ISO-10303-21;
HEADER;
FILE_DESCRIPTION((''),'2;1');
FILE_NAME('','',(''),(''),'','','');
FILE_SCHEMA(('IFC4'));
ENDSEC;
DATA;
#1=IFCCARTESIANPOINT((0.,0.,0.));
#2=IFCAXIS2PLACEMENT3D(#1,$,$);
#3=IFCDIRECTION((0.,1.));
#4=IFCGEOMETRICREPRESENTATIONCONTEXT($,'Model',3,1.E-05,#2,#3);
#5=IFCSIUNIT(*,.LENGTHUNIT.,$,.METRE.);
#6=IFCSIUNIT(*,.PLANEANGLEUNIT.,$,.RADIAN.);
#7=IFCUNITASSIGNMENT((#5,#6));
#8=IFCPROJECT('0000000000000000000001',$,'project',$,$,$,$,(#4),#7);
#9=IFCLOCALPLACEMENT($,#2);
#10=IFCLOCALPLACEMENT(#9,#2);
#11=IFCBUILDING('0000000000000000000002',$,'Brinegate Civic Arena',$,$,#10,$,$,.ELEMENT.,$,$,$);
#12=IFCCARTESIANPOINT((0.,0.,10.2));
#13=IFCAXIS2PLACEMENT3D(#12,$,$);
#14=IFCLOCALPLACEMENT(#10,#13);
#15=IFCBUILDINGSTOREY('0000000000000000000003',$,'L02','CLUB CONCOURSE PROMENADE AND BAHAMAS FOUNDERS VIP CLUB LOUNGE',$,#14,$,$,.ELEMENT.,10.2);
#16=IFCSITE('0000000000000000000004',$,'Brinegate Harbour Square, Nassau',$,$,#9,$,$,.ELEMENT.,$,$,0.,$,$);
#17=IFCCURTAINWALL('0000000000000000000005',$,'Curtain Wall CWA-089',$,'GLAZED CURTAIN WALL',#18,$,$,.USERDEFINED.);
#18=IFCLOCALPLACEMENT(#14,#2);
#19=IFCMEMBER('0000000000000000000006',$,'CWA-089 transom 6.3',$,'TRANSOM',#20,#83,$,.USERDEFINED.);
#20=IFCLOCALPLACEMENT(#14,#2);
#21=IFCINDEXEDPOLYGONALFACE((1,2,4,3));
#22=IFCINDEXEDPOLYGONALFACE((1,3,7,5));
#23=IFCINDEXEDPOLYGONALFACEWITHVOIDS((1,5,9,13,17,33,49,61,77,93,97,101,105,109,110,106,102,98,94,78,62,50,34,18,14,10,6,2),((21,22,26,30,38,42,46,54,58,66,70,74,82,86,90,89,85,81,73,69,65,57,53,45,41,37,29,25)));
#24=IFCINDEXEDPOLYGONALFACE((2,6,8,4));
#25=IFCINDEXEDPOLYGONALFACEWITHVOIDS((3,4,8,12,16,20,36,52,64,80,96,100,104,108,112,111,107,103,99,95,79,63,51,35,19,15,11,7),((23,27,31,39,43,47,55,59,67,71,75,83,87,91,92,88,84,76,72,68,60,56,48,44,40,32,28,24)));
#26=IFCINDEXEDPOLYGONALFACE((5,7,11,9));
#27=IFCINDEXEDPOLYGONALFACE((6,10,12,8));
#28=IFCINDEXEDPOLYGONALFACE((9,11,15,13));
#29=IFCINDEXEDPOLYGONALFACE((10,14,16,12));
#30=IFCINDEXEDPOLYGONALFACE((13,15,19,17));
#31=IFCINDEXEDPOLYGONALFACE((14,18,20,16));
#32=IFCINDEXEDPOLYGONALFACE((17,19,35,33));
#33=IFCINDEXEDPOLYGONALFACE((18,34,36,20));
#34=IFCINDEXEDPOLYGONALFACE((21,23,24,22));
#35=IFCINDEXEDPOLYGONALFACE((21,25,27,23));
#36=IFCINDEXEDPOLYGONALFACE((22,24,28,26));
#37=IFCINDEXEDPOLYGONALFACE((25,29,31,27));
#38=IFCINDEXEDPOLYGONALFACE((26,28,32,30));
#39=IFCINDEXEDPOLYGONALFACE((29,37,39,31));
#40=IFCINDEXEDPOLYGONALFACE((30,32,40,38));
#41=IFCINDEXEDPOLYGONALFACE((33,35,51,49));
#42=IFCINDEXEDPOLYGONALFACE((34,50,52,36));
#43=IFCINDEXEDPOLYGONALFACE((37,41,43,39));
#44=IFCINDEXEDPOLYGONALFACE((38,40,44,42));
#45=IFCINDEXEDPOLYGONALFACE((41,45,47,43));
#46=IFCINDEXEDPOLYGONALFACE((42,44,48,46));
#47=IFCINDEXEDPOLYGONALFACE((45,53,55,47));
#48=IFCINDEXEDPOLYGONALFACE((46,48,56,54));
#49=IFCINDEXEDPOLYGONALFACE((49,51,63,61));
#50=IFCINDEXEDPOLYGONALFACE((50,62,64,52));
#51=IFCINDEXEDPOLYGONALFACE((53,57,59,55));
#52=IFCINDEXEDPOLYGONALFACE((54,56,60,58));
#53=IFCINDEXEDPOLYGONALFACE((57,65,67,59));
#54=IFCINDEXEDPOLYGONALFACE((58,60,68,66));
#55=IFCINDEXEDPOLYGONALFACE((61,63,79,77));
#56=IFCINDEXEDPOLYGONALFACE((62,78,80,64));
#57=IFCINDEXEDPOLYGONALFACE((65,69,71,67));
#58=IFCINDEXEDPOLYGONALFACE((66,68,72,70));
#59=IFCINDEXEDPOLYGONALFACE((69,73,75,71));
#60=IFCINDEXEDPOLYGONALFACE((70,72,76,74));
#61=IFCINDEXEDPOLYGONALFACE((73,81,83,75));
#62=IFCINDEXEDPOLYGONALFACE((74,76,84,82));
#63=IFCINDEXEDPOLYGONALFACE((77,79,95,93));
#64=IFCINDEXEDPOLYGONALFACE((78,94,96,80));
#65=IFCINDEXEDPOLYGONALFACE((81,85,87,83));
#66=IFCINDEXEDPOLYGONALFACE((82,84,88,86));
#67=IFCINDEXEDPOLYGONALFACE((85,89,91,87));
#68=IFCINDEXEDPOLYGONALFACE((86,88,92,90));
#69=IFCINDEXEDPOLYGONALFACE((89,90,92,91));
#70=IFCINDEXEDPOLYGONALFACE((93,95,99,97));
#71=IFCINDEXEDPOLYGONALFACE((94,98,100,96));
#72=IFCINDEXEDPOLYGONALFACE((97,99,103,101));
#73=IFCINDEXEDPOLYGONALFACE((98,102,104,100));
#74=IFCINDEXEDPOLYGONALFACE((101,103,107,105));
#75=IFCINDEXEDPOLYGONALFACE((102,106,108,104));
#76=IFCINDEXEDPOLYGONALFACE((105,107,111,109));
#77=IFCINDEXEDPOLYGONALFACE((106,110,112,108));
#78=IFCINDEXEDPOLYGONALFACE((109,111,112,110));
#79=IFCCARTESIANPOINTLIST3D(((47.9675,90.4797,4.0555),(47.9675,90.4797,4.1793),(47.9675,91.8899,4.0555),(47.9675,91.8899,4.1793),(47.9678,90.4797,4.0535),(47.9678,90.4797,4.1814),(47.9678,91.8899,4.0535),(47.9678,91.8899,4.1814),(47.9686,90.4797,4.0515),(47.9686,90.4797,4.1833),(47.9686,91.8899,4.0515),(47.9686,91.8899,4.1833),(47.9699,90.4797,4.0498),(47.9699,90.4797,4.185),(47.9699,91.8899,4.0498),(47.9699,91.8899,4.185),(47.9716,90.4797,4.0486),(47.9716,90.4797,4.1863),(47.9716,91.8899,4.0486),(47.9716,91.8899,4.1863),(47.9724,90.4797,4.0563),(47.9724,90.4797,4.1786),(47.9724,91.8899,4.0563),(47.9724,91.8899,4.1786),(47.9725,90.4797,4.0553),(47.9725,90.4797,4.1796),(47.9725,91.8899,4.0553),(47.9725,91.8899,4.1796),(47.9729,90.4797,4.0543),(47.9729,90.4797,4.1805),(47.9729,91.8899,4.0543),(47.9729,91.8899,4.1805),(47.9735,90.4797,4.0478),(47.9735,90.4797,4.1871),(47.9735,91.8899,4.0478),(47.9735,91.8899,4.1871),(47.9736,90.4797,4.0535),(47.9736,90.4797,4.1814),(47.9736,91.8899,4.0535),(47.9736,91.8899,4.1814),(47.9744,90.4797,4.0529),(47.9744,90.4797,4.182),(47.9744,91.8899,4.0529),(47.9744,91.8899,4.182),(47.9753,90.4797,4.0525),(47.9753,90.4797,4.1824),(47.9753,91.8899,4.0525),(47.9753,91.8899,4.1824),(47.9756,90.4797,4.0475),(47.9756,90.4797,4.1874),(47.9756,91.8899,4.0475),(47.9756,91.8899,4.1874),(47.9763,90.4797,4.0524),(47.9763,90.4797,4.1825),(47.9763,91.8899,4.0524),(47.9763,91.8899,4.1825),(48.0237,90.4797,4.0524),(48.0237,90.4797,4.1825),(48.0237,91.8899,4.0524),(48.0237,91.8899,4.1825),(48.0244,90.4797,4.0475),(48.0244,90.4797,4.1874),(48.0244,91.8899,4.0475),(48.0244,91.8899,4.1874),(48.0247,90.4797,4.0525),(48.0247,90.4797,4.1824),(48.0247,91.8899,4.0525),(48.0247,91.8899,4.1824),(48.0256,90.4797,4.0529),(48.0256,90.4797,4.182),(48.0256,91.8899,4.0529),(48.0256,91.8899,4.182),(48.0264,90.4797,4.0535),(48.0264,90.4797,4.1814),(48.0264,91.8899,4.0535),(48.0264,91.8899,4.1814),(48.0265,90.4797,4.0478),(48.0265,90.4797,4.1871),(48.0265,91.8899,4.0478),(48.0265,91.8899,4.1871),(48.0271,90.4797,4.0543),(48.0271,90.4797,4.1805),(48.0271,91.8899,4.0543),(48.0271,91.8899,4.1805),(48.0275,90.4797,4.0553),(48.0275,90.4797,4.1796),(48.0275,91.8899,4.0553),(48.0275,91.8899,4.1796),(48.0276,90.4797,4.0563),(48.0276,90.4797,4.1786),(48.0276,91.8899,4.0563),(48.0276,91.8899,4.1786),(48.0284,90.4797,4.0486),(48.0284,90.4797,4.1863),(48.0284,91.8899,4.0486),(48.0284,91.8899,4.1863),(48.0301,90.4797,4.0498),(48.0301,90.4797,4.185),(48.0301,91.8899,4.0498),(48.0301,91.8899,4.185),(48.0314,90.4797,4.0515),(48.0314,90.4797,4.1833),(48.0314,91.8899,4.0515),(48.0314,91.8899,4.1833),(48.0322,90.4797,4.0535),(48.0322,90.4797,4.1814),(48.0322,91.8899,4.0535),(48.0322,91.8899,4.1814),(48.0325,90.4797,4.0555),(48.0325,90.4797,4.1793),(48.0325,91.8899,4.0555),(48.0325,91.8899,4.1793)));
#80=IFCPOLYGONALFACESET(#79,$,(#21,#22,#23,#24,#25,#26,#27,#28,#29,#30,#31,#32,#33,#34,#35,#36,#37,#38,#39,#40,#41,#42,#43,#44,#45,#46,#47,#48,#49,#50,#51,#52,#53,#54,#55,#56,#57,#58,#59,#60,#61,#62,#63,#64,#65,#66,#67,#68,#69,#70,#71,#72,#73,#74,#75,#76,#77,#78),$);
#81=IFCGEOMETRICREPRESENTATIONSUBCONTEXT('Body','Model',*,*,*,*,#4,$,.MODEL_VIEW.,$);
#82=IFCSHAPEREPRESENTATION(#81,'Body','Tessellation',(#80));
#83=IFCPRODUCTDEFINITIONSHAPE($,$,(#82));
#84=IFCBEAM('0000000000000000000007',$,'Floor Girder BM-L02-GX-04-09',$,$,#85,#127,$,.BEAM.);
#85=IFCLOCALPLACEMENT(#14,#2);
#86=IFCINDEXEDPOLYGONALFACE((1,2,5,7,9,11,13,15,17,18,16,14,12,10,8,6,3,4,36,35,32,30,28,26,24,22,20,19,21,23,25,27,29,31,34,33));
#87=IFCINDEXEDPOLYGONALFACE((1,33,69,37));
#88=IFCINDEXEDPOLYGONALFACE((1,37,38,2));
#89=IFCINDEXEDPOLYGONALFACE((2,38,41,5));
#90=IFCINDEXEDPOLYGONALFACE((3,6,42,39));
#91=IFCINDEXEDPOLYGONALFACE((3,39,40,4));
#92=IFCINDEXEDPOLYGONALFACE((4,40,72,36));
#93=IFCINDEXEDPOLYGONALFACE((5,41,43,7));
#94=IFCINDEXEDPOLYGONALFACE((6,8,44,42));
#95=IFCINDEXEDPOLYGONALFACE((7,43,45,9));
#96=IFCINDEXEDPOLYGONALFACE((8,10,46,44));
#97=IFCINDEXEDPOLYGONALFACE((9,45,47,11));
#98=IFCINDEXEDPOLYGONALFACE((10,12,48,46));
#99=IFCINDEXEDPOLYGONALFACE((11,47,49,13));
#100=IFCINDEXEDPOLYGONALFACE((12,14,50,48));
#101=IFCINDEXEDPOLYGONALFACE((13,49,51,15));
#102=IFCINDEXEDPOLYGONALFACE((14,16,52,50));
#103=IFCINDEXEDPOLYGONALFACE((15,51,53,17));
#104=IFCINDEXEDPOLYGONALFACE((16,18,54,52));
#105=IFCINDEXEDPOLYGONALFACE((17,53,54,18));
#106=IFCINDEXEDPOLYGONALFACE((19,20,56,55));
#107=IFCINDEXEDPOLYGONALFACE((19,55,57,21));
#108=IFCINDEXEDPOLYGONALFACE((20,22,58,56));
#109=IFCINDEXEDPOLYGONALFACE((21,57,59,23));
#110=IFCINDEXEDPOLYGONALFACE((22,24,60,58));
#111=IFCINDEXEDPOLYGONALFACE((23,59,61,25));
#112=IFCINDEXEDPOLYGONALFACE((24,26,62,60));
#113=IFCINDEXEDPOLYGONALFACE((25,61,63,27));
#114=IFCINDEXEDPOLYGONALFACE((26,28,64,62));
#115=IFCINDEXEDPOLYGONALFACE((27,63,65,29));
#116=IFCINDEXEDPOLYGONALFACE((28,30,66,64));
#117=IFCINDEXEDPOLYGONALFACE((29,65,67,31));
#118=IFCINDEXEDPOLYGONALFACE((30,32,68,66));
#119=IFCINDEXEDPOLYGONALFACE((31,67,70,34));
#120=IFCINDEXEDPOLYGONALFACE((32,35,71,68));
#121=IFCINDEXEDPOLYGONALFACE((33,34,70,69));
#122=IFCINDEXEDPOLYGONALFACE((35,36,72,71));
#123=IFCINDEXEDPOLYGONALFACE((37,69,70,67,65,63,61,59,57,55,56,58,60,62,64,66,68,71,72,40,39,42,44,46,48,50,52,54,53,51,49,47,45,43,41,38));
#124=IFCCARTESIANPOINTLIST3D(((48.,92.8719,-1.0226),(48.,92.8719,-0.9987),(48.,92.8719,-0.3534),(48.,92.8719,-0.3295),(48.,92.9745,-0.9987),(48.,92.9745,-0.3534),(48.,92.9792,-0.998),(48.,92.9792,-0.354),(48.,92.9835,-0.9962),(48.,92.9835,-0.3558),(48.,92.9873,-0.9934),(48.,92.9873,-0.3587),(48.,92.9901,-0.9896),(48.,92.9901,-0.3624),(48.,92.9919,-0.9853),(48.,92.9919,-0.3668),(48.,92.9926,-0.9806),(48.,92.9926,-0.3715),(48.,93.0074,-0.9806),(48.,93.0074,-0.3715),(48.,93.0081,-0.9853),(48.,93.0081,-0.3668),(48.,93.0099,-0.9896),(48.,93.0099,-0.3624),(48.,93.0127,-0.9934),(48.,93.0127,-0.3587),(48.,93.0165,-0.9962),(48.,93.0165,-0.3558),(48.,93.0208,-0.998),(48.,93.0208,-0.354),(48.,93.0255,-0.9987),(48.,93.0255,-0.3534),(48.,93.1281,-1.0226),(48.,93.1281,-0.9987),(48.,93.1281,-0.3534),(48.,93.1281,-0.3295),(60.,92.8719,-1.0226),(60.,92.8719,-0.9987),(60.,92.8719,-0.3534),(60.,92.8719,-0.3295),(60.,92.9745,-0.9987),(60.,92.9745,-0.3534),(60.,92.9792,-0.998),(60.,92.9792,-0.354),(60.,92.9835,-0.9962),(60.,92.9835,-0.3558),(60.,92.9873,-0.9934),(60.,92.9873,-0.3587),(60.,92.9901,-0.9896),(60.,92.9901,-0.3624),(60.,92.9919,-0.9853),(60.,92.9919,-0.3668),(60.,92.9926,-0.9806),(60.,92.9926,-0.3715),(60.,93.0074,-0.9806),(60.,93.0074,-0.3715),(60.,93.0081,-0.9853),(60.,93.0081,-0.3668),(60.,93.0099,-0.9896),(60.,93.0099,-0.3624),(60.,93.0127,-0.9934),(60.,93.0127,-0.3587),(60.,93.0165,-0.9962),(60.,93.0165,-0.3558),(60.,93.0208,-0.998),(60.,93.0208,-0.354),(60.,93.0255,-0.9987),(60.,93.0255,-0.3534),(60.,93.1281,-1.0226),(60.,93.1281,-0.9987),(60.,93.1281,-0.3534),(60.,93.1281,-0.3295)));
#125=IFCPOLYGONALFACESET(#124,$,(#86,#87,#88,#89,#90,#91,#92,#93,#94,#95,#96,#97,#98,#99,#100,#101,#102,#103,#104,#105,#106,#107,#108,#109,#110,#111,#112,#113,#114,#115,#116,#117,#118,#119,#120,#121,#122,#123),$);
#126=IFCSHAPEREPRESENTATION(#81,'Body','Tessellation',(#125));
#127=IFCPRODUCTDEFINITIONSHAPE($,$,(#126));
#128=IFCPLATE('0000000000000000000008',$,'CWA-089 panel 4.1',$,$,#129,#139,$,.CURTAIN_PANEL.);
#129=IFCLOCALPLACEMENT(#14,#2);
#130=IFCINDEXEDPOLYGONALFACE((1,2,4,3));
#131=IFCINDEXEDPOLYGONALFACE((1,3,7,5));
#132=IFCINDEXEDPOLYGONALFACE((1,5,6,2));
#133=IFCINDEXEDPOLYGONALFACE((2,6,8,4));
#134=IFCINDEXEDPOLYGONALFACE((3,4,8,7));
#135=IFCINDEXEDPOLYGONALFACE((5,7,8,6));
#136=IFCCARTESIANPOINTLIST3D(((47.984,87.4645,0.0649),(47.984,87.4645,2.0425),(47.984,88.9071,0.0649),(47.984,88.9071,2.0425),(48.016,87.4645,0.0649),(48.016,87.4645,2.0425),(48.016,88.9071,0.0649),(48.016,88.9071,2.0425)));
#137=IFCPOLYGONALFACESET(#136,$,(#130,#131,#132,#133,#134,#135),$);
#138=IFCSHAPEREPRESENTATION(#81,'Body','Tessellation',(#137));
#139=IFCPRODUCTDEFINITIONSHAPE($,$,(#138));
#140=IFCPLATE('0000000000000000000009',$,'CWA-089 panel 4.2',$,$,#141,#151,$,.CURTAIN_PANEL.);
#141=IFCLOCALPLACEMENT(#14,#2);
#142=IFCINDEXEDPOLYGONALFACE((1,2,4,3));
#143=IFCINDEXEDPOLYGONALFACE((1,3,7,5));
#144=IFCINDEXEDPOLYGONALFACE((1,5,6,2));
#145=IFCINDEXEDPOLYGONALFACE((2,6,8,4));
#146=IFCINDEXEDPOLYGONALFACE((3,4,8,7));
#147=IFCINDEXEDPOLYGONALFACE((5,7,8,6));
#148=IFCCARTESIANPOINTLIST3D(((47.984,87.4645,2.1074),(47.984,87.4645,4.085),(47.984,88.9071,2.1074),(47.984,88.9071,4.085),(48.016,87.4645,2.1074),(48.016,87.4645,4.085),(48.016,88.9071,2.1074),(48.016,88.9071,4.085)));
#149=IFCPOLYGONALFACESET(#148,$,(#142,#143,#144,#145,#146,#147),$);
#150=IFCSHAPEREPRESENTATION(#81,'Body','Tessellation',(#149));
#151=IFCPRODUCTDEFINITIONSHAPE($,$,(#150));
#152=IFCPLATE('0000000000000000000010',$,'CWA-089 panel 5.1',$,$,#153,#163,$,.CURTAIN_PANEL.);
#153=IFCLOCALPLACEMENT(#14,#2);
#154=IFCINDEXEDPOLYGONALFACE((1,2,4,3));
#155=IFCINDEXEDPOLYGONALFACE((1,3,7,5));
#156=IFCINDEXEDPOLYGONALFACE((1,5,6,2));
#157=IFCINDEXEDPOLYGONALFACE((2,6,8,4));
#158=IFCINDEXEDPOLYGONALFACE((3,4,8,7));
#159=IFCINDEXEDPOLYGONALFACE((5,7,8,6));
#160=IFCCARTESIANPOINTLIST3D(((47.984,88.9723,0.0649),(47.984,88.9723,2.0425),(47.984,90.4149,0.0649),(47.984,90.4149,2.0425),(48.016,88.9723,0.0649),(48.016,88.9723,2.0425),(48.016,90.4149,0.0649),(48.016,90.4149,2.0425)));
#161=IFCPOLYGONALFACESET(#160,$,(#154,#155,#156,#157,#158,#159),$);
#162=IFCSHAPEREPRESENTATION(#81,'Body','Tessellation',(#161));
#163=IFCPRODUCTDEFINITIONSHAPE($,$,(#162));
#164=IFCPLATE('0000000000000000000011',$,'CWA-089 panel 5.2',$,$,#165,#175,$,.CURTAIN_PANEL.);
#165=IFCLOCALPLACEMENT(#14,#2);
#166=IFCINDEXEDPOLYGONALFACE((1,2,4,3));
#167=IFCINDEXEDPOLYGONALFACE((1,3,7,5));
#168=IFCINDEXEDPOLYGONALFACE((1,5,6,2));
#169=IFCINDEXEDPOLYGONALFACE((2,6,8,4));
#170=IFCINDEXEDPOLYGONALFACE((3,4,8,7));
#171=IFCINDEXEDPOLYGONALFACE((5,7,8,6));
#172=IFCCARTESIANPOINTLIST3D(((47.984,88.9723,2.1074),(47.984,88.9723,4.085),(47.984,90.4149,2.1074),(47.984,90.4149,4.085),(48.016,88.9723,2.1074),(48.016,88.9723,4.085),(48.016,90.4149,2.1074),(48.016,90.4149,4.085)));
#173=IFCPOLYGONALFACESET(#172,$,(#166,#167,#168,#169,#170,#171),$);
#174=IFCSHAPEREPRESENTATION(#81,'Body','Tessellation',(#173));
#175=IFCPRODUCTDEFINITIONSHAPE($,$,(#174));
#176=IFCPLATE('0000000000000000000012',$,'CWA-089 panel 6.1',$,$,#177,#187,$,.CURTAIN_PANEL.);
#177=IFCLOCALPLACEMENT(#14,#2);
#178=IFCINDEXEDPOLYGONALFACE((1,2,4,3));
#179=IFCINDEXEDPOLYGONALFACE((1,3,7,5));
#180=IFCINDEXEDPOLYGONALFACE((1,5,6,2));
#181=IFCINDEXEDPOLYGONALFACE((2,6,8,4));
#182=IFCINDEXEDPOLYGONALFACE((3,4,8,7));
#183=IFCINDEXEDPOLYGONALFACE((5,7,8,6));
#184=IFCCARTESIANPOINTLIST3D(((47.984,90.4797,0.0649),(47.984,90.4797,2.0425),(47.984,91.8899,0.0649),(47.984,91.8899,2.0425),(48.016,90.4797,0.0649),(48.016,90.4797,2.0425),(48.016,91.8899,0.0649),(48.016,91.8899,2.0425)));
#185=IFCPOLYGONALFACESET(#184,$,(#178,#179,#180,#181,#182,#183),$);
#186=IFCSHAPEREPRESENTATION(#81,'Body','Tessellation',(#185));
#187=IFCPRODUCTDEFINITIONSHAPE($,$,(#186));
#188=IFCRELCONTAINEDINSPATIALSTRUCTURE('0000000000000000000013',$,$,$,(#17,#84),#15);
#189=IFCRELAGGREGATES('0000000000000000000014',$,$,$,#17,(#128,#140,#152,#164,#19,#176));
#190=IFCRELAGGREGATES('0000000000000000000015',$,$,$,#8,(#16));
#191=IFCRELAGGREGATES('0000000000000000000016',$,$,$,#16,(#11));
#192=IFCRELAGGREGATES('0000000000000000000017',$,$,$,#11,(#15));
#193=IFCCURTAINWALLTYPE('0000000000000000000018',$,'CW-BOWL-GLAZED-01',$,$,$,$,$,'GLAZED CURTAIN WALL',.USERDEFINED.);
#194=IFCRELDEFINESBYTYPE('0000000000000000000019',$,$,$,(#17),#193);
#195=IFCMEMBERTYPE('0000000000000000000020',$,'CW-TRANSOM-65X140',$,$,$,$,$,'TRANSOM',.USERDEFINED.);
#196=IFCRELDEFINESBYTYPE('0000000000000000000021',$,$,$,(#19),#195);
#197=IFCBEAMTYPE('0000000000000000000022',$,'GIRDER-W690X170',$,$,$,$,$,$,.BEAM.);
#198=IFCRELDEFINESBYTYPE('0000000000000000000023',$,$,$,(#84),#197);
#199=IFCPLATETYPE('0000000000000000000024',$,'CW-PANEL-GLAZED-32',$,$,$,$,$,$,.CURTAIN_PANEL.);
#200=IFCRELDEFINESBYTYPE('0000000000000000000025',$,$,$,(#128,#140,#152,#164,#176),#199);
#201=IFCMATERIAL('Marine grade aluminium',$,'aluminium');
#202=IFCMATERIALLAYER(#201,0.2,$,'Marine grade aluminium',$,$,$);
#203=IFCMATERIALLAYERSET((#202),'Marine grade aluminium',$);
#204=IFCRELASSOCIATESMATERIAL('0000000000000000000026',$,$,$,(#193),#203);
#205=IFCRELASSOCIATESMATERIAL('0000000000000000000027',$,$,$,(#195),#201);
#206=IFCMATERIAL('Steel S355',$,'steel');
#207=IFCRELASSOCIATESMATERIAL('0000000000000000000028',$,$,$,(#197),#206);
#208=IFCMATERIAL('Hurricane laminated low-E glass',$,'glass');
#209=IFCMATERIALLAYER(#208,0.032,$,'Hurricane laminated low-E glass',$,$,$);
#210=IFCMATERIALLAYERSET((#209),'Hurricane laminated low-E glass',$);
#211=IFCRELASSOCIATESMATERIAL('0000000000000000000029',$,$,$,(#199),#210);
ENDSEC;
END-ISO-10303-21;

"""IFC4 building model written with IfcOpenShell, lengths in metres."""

from ifc_helpers import new_model, si_unit, direction, frame, origin, origin_2d, place, context, subcontext, project, spatial, rectangle, hollow_rectangle, i_section, extrude, material, layer, layer_set, material_profile, profile_set, type_object, element, aggregate, save


model = new_model("IFC4")

# Units and contexts
model_context = context("Model", 3, precision=1e-05, world=origin(), true_north=direction((0.0, 1.0)))
body_context = subcontext(model_context, "Body", "Model", "MODEL_VIEW")
ifc_project = project(units=[si_unit("LENGTHUNIT", "METRE"), si_unit("PLANEANGLEUNIT", "RADIAN")], contexts=[model_context])

# Site, building, storey
site_placement = place(None, origin())
site = spatial("IfcSite", under=ifc_project, at=site_placement, Name="Brinegate Harbour Square, Nassau", CompositionType="ELEMENT", RefElevation=0.0)
building_placement = place(site_placement, origin())
building = spatial("IfcBuilding", under=site, at=building_placement, Name="Brinegate Civic Arena", CompositionType="ELEMENT")
storey_placement = place(building_placement, frame((0.0, 0.0, 10.2)))
storey = spatial("IfcBuildingStorey", under=building, at=storey_placement, Name="L02", Description="CLUB CONCOURSE PROMENADE AND BAHAMAS FOUNDERS VIP CLUB LOUNGE", CompositionType="ELEMENT", Elevation=10.2)

# Curtain wall, member
ifc_material_1 = material(Name="Marine grade aluminium", Category="aluminium")
ifc_layer_1 = layer(ifc_material_1, 0.2, Name="Marine grade aluminium")
ifc_layer_set_1 = layer_set([ifc_layer_1], Name="Marine grade aluminium")
curtain_wall_type = type_object("IfcCurtainWallType", Name="CW-BOWL-GLAZED-01", ElementType="GLAZED CURTAIN WALL", PredefinedType="USERDEFINED", material=ifc_layer_set_1)
curtain_wall_placement = place(storey_placement, origin())
curtain_wall = element("IfcCurtainWall", 1, at=curtain_wall_placement, inside=storey, type_object=curtain_wall_type, Name="Curtain Wall CWA-089", ObjectType="GLAZED CURTAIN WALL", PredefinedType="USERDEFINED")
ifc_material_profile_1 = material_profile(ifc_material_1, hollow_rectangle(XDim=0.0649, YDim=0.1399, WallThickness=0.0049, InnerFilletRadius=0.0039, OuterFilletRadius=0.0081, at=origin_2d()), Name="TRN65X140")
ifc_profile_set_1 = profile_set([ifc_material_profile_1], Name="Marine grade aluminium")
member_type_1 = type_object("IfcMemberType", Name="CW-TRANSOM-65X140", ElementType="TRANSOM", PredefinedType="USERDEFINED", material=ifc_profile_set_1)
member_1_placement = place(storey_placement, frame((48.0, 90.4797, 4.1174), z_axis=(0.0, 1.0, 0.0), x_axis=(-1.0, 0.0, 0.0)))
member_1 = element("IfcMember", 2, at=member_1_placement, type_object=member_type_1, Name="CWA-089 transom 6.3", ObjectType="TRANSOM", PredefinedType="USERDEFINED", context=body_context, shape_type="SweptSolid", body=[
    extrude(hollow_rectangle(XDim=0.0649, YDim=0.1399, WallThickness=0.0049, InnerFilletRadius=0.0039, OuterFilletRadius=0.0081, at=origin_2d()), origin(), (0.0, 0.0, 1.0), 1.4102),
])

# Beam
ifc_material_2 = material(Name="Steel S355", Category="steel")
ifc_material_profile_2 = material_profile(ifc_material_2, i_section(OverallWidth=0.2561, OverallDepth=0.6931, WebThickness=0.0149, FlangeThickness=0.0239, FilletRadius=0.0181, at=origin_2d()), Name="W690X170")
ifc_profile_set_2 = profile_set([ifc_material_profile_2], Name="Steel S355")
beam_type = type_object("IfcBeamType", Name="GIRDER-W690X170", PredefinedType="BEAM", material=ifc_profile_set_2)
beam_placement = place(storey_placement, frame((48.0, 93.0, -0.676), z_axis=(1.0, 0.0, 0.0), x_axis=(0.0, 1.0, 0.0)))
element("IfcBeam", 3, at=beam_placement, inside=storey, type_object=beam_type, Name="Floor Girder BM-L02-GX-04-09", PredefinedType="BEAM", context=body_context, shape_type="SweptSolid", body=[
    extrude(i_section(OverallWidth=0.2561, OverallDepth=0.6931, WebThickness=0.0149, FlangeThickness=0.0239, FilletRadius=0.0181, at=origin_2d()), origin(), (0.0, 0.0, 1.0), 12.0),
])

# Plates
ifc_material_3 = material(Name="Hurricane laminated low-E glass", Category="glass")
ifc_layer_2 = layer(ifc_material_3, 0.032, Name="Hurricane laminated low-E glass")
ifc_layer_set_2 = layer_set([ifc_layer_2], Name="Hurricane laminated low-E glass")
plate_type = type_object("IfcPlateType", Name="CW-PANEL-GLAZED-32", PredefinedType="CURTAIN_PANEL", material=ifc_layer_set_2)
plate_1_placement = place(storey_placement, frame((48.0, 88.1858, 0.0649), z_axis=(0.0, 0.0, 1.0), x_axis=(0.0, 1.0, 0.0)))
plate_1 = element("IfcPlate", 4, at=plate_1_placement, type_object=plate_type, Name="CWA-089 panel 4.1", PredefinedType="CURTAIN_PANEL", context=body_context, shape_type="SweptSolid", body=[
    extrude(rectangle(XDim=1.4426, YDim=0.032, at=origin_2d()), origin(), (0.0, 0.0, 1.0), 1.9775),
])
plate_2_placement = place(storey_placement, frame((48.0, 88.1858, 2.1074), z_axis=(0.0, 0.0, 1.0), x_axis=(0.0, 1.0, 0.0)))
plate_2 = element("IfcPlate", 5, at=plate_2_placement, type_object=plate_type, Name="CWA-089 panel 4.2", PredefinedType="CURTAIN_PANEL", context=body_context, shape_type="SweptSolid", body=[
    extrude(rectangle(XDim=1.4426, YDim=0.032, at=origin_2d()), origin(), (0.0, 0.0, 1.0), 1.9775),
])
plate_3_placement = place(storey_placement, frame((48.0, 89.6936, 0.0649), z_axis=(0.0, 0.0, 1.0), x_axis=(0.0, 1.0, 0.0)))
plate_3 = element("IfcPlate", 6, at=plate_3_placement, type_object=plate_type, Name="CWA-089 panel 5.1", PredefinedType="CURTAIN_PANEL", context=body_context, shape_type="SweptSolid", body=[
    extrude(rectangle(XDim=1.4426, YDim=0.032, at=origin_2d()), origin(), (0.0, 0.0, 1.0), 1.9775),
])
plate_4_placement = place(storey_placement, frame((48.0, 89.6936, 2.1074), z_axis=(0.0, 0.0, 1.0), x_axis=(0.0, 1.0, 0.0)))
plate_4 = element("IfcPlate", 7, at=plate_4_placement, type_object=plate_type, Name="CWA-089 panel 5.2", PredefinedType="CURTAIN_PANEL", context=body_context, shape_type="SweptSolid", body=[
    extrude(rectangle(XDim=1.4426, YDim=0.032, at=origin_2d()), origin(), (0.0, 0.0, 1.0), 1.9775),
])
plate_5_placement = place(storey_placement, frame((48.0, 91.1848, 0.0649), z_axis=(0.0, 0.0, 1.0), x_axis=(0.0, 1.0, 0.0)))
plate_5 = element("IfcPlate", 8, at=plate_5_placement, type_object=plate_type, Name="CWA-089 panel 6.1", PredefinedType="CURTAIN_PANEL", context=body_context, shape_type="SweptSolid", body=[
    extrude(rectangle(XDim=1.4102, YDim=0.032, at=origin_2d()), origin(), (0.0, 0.0, 1.0), 1.9775),
])
aggregate(curtain_wall, [plate_1, plate_2, plate_3, plate_4, member_1, plate_5])

save(model, "model.ifc")
